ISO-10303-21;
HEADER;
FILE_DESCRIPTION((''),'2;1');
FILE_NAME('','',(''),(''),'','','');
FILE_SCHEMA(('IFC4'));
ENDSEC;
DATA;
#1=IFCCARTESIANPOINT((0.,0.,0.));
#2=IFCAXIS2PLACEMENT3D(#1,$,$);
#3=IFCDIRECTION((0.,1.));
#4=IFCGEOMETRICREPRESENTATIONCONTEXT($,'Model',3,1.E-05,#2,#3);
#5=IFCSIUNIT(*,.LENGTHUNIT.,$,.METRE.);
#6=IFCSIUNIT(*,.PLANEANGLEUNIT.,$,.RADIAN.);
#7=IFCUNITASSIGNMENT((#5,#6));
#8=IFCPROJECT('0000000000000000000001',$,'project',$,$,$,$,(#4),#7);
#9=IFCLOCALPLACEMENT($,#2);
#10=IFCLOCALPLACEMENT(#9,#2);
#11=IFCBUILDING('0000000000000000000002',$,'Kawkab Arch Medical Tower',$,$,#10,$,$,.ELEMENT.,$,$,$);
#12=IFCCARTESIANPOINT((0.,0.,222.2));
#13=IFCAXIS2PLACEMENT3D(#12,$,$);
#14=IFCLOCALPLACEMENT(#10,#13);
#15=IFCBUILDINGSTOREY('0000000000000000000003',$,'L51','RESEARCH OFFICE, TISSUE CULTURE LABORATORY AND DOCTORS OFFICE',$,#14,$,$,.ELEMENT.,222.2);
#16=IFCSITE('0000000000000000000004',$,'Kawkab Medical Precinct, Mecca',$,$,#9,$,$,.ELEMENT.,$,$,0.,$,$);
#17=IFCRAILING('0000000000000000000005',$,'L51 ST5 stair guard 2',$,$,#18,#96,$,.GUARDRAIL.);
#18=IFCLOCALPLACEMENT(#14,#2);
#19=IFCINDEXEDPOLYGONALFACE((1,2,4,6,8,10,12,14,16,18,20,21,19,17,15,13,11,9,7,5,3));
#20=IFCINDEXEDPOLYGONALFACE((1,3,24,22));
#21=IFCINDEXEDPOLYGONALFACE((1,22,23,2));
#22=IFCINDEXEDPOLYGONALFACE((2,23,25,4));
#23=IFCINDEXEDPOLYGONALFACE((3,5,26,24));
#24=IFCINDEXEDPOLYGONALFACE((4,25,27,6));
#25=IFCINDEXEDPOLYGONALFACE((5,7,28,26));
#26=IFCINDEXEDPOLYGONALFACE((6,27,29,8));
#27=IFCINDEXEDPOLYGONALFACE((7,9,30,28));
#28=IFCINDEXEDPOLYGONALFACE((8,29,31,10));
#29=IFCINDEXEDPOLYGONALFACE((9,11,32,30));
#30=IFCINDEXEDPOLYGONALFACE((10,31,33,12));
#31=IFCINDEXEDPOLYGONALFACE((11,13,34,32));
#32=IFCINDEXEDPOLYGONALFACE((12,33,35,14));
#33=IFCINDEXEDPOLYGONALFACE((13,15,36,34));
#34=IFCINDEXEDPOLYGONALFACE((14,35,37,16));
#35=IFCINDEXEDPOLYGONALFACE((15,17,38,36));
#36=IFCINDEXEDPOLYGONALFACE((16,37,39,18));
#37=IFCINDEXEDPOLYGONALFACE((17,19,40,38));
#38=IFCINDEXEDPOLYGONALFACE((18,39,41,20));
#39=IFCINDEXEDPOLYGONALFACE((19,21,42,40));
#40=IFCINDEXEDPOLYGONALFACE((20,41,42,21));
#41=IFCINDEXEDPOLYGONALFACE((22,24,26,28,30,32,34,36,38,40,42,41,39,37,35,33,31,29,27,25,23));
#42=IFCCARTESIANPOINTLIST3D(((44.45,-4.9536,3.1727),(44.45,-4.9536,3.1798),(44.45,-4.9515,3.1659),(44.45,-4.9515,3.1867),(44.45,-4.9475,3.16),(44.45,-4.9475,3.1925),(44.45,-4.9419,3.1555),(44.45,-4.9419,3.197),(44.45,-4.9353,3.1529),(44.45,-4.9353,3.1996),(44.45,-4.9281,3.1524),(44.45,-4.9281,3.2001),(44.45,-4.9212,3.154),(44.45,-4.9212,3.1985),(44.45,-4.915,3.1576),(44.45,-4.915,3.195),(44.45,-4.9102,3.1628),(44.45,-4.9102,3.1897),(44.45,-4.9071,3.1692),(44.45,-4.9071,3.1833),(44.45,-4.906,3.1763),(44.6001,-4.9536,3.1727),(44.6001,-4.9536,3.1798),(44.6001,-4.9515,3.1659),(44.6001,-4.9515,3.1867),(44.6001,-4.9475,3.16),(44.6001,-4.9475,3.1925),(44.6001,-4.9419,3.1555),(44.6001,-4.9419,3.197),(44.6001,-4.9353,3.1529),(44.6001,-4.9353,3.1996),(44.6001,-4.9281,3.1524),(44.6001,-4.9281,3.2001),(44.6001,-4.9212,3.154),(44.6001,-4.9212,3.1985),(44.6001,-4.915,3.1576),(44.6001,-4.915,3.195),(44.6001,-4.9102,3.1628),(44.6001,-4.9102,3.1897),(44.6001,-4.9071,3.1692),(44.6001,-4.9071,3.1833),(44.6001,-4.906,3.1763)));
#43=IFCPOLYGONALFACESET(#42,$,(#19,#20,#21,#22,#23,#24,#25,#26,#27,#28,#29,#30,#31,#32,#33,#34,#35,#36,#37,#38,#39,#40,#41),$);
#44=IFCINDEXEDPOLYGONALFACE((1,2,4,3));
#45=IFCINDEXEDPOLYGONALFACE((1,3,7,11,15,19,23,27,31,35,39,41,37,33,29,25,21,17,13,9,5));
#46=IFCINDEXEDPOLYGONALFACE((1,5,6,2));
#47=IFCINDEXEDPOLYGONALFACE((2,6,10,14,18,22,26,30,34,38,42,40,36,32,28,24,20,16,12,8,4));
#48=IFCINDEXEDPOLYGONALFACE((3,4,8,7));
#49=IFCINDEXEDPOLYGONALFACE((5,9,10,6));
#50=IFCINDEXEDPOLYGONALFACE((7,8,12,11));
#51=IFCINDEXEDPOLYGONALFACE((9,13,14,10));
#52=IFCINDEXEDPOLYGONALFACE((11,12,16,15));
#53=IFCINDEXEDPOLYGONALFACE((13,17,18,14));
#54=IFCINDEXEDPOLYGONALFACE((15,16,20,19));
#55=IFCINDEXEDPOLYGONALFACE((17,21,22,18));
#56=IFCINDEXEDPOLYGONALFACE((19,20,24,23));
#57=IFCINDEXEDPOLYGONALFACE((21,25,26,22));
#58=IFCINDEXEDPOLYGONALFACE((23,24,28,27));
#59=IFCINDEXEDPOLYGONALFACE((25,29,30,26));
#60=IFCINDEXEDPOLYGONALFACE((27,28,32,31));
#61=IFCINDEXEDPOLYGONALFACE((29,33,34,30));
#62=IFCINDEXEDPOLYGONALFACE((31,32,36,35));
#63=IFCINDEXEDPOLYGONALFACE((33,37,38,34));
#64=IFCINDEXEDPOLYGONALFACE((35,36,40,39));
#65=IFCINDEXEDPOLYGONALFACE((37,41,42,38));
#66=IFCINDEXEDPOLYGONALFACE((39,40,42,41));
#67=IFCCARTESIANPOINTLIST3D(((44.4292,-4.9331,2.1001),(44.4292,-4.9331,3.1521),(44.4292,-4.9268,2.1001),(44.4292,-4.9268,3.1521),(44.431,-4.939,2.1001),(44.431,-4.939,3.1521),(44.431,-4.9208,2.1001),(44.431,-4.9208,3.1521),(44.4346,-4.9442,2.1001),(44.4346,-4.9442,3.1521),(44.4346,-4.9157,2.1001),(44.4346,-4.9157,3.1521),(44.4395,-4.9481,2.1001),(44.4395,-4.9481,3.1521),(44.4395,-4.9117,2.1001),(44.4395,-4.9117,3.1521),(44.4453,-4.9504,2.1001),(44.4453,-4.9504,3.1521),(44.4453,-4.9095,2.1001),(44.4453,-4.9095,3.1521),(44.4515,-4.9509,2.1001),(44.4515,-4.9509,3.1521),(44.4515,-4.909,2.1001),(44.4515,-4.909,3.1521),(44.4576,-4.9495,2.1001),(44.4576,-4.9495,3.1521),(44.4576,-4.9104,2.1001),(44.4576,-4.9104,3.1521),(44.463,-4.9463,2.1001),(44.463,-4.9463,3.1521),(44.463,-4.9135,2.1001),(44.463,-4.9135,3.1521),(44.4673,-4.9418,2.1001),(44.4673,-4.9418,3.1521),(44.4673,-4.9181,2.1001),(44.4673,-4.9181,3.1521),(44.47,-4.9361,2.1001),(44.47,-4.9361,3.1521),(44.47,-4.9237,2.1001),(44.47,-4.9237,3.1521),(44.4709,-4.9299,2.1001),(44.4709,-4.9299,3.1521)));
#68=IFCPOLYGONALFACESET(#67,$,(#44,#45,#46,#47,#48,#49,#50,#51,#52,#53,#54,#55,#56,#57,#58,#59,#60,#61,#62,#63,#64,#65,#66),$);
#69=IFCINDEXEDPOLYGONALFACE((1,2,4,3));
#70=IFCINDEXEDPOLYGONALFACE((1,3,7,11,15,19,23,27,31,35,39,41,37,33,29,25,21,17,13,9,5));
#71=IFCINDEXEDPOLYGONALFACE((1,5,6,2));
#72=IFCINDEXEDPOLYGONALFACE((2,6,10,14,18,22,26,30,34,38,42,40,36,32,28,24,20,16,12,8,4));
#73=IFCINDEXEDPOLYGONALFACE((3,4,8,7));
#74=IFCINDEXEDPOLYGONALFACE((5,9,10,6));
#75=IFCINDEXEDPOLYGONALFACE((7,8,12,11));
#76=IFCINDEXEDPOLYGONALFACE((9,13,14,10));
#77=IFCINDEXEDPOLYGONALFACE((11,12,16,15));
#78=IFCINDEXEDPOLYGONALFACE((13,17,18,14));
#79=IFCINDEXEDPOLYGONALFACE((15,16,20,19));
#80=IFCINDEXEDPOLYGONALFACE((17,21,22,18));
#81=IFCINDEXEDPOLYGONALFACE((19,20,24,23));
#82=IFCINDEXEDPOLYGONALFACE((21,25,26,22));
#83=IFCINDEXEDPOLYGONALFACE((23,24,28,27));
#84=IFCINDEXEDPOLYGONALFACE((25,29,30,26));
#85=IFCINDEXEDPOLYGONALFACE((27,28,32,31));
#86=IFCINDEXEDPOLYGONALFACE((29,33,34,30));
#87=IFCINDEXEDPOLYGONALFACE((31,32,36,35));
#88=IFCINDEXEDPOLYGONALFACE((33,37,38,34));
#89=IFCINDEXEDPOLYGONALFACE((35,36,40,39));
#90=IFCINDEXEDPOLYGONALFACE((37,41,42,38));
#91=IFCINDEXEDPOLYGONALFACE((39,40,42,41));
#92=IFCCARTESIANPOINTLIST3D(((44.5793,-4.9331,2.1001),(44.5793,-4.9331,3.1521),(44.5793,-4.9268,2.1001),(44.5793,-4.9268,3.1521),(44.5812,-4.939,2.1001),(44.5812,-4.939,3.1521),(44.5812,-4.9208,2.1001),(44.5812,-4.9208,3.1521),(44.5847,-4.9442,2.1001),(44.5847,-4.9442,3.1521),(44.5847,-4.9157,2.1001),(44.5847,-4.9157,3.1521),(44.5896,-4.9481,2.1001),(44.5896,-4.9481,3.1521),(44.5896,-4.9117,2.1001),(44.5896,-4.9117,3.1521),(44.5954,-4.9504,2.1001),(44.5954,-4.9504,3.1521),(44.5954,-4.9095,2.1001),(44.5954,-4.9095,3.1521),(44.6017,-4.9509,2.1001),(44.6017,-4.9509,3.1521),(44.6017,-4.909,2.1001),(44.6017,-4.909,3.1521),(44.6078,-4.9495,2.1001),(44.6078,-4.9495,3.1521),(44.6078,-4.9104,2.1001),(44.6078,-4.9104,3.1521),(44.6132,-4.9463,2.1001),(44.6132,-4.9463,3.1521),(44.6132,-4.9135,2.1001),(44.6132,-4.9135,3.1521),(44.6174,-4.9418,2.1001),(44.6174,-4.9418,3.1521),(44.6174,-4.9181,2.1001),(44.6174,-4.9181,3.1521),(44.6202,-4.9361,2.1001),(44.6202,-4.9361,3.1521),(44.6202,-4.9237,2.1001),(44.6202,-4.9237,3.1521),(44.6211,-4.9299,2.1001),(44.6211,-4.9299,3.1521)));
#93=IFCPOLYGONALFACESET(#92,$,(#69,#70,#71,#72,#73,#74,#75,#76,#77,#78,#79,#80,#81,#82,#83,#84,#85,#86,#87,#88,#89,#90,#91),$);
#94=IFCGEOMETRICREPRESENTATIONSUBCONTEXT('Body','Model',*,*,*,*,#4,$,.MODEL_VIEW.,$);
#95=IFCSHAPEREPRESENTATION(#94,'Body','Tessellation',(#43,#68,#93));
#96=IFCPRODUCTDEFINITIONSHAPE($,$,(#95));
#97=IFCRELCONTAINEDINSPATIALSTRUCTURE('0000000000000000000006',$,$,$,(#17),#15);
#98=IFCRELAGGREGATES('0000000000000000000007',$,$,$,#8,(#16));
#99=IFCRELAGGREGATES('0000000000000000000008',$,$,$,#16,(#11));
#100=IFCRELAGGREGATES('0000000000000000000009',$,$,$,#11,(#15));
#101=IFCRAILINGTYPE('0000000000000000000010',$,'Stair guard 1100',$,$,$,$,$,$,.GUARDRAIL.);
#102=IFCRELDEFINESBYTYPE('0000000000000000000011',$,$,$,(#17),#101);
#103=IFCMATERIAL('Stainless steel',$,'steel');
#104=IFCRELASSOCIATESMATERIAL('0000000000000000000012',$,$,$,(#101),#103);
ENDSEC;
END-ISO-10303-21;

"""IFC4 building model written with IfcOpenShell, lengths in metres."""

from ifc_helpers import new_model, si_unit, direction, frame, origin, origin_2d, place, context, subcontext, project, spatial, circle, extrude, material, type_object, element, save


model = new_model("IFC4")

# Units and contexts
model_context = context("Model", 3, precision=1e-05, world=origin(), true_north=direction((0.0, 1.0)))
body_context = subcontext(model_context, "Body", "Model", "MODEL_VIEW")
ifc_project = project(units=[si_unit("LENGTHUNIT", "METRE"), si_unit("PLANEANGLEUNIT", "RADIAN")], contexts=[model_context])

# Site, building, storey
site_placement = place(None, origin())
site = spatial("IfcSite", under=ifc_project, at=site_placement, Name="Kawkab Medical Precinct, Mecca", CompositionType="ELEMENT", RefElevation=0.0)
building_placement = place(site_placement, origin())
building = spatial("IfcBuilding", under=site, at=building_placement, Name="Kawkab Arch Medical Tower", CompositionType="ELEMENT")
storey_placement = place(building_placement, frame((0.0, 0.0, 222.2)))
storey = spatial("IfcBuildingStorey", under=building, at=storey_placement, Name="L51", Description="RESEARCH OFFICE, TISSUE CULTURE LABORATORY AND DOCTORS OFFICE", CompositionType="ELEMENT", Elevation=222.2)

# Railing
ifc_material_1 = material(Name="Stainless steel", Category="steel")
railing_type_1 = type_object("IfcRailingType", Name="Stair guard 1100", PredefinedType="GUARDRAIL", material=ifc_material_1)
railing_1_placement = place(storey_placement, frame((44.45, -4.9299, 2.1001)))
element("IfcRailing", 1, at=railing_1_placement, inside=storey, type_object=railing_type_1, Name="L51 ST5 stair guard 2", PredefinedType="GUARDRAIL", context=body_context, shape_type="SweptSolid", body=[
    extrude(circle(Radius=0.0239, at=origin_2d()), frame((0.0, 0.0, 1.0762), z_axis=(1.0, 0.0, 0.0), x_axis=(0.0, 1.0, 0.0)), (0.0, 0.0, 1.0), 0.1501),
    extrude(circle(Radius=0.021, at=origin_2d()), origin(), (0.0, 0.0, 1.0), 1.052),
    extrude(circle(Radius=0.021, at=origin_2d()), frame((0.1501, 0.0, 0.0)), (0.0, 0.0, 1.0), 1.052),
])

save(model, "model.ifc")
